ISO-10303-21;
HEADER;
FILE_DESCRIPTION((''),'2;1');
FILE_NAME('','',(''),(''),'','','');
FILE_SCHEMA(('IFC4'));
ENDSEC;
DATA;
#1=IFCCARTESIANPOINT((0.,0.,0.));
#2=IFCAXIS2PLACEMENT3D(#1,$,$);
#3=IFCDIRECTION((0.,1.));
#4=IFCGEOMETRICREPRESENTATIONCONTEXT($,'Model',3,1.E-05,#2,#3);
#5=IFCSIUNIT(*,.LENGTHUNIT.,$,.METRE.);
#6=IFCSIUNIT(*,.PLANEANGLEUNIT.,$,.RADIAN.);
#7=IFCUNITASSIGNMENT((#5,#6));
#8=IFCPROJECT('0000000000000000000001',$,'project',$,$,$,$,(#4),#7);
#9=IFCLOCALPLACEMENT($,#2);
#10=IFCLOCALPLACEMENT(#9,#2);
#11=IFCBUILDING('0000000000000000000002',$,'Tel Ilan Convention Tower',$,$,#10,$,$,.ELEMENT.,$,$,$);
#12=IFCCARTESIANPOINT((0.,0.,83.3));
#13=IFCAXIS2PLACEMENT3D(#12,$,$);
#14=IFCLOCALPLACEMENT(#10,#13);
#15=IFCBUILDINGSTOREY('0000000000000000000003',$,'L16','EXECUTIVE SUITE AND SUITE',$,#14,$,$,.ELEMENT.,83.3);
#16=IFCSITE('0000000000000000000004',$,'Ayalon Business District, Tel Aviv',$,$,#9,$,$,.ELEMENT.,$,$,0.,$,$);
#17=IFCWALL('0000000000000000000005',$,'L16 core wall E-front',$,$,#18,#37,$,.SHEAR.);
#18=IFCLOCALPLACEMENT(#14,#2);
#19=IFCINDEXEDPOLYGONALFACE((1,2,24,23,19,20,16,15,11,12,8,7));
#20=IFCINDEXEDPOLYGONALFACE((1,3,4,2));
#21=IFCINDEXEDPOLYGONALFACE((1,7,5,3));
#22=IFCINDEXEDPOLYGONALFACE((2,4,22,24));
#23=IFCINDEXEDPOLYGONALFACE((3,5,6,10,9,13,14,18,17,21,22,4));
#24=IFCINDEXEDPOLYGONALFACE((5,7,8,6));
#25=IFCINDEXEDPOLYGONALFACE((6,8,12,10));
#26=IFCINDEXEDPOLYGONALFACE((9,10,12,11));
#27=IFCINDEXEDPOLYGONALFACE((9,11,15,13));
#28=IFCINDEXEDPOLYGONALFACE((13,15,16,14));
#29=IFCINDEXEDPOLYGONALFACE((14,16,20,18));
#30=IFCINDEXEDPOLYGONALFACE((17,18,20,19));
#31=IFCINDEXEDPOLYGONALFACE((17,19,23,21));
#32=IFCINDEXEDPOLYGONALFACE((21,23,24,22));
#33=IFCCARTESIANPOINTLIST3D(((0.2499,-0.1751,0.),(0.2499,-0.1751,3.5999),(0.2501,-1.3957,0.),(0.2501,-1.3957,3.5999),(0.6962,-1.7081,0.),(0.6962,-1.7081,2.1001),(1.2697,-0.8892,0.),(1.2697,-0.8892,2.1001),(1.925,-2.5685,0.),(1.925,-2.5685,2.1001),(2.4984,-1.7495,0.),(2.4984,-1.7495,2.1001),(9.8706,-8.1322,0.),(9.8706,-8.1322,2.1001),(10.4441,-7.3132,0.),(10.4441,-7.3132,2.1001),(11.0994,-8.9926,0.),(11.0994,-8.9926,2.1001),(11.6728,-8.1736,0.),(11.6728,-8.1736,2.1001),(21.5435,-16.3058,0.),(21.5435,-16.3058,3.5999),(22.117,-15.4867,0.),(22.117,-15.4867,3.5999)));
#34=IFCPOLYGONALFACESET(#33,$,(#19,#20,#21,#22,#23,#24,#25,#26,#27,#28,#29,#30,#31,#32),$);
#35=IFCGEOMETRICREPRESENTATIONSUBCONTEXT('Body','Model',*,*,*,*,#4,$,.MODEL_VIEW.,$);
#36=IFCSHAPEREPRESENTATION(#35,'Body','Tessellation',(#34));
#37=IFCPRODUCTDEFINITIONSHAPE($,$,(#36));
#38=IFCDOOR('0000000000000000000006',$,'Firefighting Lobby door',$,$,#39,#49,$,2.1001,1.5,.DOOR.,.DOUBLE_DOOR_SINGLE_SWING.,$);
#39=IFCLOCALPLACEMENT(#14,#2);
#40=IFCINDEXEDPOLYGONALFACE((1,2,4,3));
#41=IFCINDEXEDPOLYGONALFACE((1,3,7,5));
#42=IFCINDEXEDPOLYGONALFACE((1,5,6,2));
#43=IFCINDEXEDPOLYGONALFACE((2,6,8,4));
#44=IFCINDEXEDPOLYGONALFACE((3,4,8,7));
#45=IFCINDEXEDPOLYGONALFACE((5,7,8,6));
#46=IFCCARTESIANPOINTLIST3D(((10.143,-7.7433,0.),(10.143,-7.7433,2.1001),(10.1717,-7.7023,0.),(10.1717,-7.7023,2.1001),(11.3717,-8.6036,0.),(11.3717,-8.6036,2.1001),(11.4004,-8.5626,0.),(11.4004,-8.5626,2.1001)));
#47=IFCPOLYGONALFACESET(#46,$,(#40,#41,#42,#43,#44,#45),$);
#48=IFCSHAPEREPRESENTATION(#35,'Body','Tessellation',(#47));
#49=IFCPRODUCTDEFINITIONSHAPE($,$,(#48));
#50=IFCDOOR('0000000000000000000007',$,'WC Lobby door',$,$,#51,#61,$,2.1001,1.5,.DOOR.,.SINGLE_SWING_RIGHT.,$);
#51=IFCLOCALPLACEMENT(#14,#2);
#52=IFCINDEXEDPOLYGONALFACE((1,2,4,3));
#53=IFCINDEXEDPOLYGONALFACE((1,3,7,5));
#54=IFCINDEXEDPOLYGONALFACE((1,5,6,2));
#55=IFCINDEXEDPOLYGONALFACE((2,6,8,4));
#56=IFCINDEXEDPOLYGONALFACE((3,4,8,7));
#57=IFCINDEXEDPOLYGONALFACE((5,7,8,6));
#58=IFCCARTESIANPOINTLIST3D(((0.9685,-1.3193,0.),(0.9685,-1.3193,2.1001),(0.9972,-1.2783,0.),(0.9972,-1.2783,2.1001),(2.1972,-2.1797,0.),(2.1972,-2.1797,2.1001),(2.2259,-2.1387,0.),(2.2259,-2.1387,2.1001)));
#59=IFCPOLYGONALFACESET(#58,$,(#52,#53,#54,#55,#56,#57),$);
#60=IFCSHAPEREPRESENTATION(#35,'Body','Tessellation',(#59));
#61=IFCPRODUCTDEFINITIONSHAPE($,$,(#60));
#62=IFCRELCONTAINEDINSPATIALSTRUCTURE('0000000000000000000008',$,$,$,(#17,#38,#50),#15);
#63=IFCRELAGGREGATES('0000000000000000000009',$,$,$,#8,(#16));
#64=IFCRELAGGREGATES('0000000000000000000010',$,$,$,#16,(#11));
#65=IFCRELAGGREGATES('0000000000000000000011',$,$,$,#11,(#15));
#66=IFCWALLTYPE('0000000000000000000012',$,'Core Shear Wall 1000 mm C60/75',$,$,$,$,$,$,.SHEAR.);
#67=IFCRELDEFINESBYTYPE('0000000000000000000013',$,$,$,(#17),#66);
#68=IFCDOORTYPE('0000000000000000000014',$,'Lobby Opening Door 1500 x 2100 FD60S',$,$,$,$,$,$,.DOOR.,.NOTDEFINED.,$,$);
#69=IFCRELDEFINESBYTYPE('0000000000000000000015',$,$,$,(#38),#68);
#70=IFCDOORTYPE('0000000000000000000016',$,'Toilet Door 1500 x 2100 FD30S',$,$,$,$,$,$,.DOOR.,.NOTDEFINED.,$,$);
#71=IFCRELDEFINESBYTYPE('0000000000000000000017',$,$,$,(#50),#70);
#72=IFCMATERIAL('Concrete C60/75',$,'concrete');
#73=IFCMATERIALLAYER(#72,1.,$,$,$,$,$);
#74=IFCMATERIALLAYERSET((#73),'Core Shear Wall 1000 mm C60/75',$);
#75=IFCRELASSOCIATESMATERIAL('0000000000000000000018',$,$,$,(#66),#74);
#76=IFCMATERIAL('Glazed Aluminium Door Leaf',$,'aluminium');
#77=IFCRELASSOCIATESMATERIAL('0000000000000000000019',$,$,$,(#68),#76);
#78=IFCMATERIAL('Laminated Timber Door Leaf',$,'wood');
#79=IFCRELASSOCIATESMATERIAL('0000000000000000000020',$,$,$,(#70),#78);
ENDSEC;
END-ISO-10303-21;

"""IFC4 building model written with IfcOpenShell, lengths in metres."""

from ifc_helpers import new_model, si_unit, direction, frame, frame_2d, origin, place, context, subcontext, project, spatial, polyline, rectangle, outline, extrude, material, layer, layer_set, type_object, element, fill, save


model = new_model("IFC4")

# Units and contexts
model_context = context("Model", 3, precision=1e-05, world=origin(), true_north=direction((0.0, 1.0)))
body_context = subcontext(model_context, "Body", "Model", "MODEL_VIEW")
ifc_project = project(units=[si_unit("LENGTHUNIT", "METRE"), si_unit("PLANEANGLEUNIT", "RADIAN")], contexts=[model_context])

# Site, building, storey
site_placement = place(None, origin())
site = spatial("IfcSite", under=ifc_project, at=site_placement, Name="Ayalon Business District, Tel Aviv", CompositionType="ELEMENT", RefElevation=0.0)
building_placement = place(site_placement, origin())
building = spatial("IfcBuilding", under=site, at=building_placement, Name="Tel Ilan Convention Tower", CompositionType="ELEMENT")
storey_placement = place(building_placement, frame((0.0, 0.0, 83.3)))
storey = spatial("IfcBuildingStorey", under=building, at=storey_placement, Name="L16", Description="EXECUTIVE SUITE AND SUITE", CompositionType="ELEMENT", Elevation=83.3)

# Shared definitions
ifc_material_1 = material(Name="Concrete C60/75", Category="concrete")
ifc_layer_1 = layer(ifc_material_1, 1.0)
ifc_layer_set_1 = layer_set([ifc_layer_1], Name="Core Shear Wall 1000 mm C60/75")
wall_type_1 = type_object("IfcWallType", Name="Core Shear Wall 1000 mm C60/75", PredefinedType="SHEAR", material=ifc_layer_set_1)

# Wall, openings, doors
wall_1_placement = place(storey_placement, frame((-0.0369, -0.5847, 0.0), z_axis=(0.0, 0.0, 1.0), x_axis=(0.819157, -0.573569, 0.0)))
wall_1 = element("IfcWall", 1, at=wall_1_placement, inside=storey, type_object=wall_type_1, Name="L16 core wall E-front", PredefinedType="SHEAR", context=body_context, shape_type="SweptSolid", body=[
    extrude(outline(polyline([(26.6948, 0.4998), (0.0, 0.5), (0.7002, -0.4998), (26.6948, -0.5002), (26.6948, 0.4998)])), origin(), (0.0, 0.0, 1.0), 3.5999),
])
opening_1_placement = place(wall_1_placement, frame((1.2449, 0.0, 0.0)))
opening_1 = element("IfcOpeningElement", 2, at=opening_1_placement, cuts=wall_1, PredefinedType="OPENING", context=body_context, shape_type="SweptSolid", body=[
    extrude(rectangle(XDim=1.5, YDim=2.1001, at=frame_2d((0.75, 1.05))), frame((0.0, 0.51, 0.0), z_axis=(0.0, -1.0, 0.0), x_axis=(1.0, 0.0, 0.0)), (0.0, 0.0, 1.0), 1.02),
])
opening_2_placement = place(wall_1_placement, frame((12.4448, 0.0, 0.0)))
opening_2 = element("IfcOpeningElement", 3, at=opening_2_placement, cuts=wall_1, PredefinedType="OPENING", context=body_context, shape_type="SweptSolid", body=[
    extrude(rectangle(XDim=1.5, YDim=2.1001, at=frame_2d((0.75, 1.05))), frame((0.0, 0.51, 0.0), z_axis=(0.0, -1.0, 0.0), x_axis=(1.0, 0.0, 0.0)), (0.0, 0.0, 1.0), 1.02),
])
ifc_material_2 = material(Name="Glazed Aluminium Door Leaf", Category="aluminium")
door_type_1 = type_object("IfcDoorType", Name="Lobby Opening Door 1500 x 2100 FD60S", OperationType="NOTDEFINED", PredefinedType="DOOR", material=ifc_material_2)
door_1_placement = place(opening_2_placement, origin())
door_1 = element("IfcDoor", 4, at=door_1_placement, inside=storey, type_object=door_type_1, Name="Firefighting Lobby door", OperationType="DOUBLE_DOOR_SINGLE_SWING", OverallHeight=2.1001, OverallWidth=1.5, PredefinedType="DOOR", context=body_context, shape_type="SweptSolid", body=[
    extrude(rectangle(XDim=1.5, YDim=2.1001, at=frame_2d((0.75, 1.05))), frame((0.0, 0.0249, 0.0), z_axis=(0.0, -1.0, 0.0), x_axis=(1.0, 0.0, 0.0)), (0.0, 0.0, 1.0), 0.05),
])
fill(opening_2, door_1)
ifc_material_3 = material(Name="Laminated Timber Door Leaf", Category="wood")
door_type_2 = type_object("IfcDoorType", Name="Toilet Door 1500 x 2100 FD30S", OperationType="NOTDEFINED", PredefinedType="DOOR", material=ifc_material_3)
door_2_placement = place(opening_1_placement, origin())
door_2 = element("IfcDoor", 5, at=door_2_placement, inside=storey, type_object=door_type_2, Name="WC Lobby door", OperationType="SINGLE_SWING_RIGHT", OverallHeight=2.1001, OverallWidth=1.5, PredefinedType="DOOR", context=body_context, shape_type="SweptSolid", body=[
    extrude(rectangle(XDim=1.5, YDim=2.1001, at=frame_2d((0.75, 1.05))), frame((0.0, 0.0249, 0.0), z_axis=(0.0, -1.0, 0.0), x_axis=(1.0, 0.0, 0.0)), (0.0, 0.0, 1.0), 0.05),
])
fill(opening_1, door_2)

save(model, "model.ifc")
